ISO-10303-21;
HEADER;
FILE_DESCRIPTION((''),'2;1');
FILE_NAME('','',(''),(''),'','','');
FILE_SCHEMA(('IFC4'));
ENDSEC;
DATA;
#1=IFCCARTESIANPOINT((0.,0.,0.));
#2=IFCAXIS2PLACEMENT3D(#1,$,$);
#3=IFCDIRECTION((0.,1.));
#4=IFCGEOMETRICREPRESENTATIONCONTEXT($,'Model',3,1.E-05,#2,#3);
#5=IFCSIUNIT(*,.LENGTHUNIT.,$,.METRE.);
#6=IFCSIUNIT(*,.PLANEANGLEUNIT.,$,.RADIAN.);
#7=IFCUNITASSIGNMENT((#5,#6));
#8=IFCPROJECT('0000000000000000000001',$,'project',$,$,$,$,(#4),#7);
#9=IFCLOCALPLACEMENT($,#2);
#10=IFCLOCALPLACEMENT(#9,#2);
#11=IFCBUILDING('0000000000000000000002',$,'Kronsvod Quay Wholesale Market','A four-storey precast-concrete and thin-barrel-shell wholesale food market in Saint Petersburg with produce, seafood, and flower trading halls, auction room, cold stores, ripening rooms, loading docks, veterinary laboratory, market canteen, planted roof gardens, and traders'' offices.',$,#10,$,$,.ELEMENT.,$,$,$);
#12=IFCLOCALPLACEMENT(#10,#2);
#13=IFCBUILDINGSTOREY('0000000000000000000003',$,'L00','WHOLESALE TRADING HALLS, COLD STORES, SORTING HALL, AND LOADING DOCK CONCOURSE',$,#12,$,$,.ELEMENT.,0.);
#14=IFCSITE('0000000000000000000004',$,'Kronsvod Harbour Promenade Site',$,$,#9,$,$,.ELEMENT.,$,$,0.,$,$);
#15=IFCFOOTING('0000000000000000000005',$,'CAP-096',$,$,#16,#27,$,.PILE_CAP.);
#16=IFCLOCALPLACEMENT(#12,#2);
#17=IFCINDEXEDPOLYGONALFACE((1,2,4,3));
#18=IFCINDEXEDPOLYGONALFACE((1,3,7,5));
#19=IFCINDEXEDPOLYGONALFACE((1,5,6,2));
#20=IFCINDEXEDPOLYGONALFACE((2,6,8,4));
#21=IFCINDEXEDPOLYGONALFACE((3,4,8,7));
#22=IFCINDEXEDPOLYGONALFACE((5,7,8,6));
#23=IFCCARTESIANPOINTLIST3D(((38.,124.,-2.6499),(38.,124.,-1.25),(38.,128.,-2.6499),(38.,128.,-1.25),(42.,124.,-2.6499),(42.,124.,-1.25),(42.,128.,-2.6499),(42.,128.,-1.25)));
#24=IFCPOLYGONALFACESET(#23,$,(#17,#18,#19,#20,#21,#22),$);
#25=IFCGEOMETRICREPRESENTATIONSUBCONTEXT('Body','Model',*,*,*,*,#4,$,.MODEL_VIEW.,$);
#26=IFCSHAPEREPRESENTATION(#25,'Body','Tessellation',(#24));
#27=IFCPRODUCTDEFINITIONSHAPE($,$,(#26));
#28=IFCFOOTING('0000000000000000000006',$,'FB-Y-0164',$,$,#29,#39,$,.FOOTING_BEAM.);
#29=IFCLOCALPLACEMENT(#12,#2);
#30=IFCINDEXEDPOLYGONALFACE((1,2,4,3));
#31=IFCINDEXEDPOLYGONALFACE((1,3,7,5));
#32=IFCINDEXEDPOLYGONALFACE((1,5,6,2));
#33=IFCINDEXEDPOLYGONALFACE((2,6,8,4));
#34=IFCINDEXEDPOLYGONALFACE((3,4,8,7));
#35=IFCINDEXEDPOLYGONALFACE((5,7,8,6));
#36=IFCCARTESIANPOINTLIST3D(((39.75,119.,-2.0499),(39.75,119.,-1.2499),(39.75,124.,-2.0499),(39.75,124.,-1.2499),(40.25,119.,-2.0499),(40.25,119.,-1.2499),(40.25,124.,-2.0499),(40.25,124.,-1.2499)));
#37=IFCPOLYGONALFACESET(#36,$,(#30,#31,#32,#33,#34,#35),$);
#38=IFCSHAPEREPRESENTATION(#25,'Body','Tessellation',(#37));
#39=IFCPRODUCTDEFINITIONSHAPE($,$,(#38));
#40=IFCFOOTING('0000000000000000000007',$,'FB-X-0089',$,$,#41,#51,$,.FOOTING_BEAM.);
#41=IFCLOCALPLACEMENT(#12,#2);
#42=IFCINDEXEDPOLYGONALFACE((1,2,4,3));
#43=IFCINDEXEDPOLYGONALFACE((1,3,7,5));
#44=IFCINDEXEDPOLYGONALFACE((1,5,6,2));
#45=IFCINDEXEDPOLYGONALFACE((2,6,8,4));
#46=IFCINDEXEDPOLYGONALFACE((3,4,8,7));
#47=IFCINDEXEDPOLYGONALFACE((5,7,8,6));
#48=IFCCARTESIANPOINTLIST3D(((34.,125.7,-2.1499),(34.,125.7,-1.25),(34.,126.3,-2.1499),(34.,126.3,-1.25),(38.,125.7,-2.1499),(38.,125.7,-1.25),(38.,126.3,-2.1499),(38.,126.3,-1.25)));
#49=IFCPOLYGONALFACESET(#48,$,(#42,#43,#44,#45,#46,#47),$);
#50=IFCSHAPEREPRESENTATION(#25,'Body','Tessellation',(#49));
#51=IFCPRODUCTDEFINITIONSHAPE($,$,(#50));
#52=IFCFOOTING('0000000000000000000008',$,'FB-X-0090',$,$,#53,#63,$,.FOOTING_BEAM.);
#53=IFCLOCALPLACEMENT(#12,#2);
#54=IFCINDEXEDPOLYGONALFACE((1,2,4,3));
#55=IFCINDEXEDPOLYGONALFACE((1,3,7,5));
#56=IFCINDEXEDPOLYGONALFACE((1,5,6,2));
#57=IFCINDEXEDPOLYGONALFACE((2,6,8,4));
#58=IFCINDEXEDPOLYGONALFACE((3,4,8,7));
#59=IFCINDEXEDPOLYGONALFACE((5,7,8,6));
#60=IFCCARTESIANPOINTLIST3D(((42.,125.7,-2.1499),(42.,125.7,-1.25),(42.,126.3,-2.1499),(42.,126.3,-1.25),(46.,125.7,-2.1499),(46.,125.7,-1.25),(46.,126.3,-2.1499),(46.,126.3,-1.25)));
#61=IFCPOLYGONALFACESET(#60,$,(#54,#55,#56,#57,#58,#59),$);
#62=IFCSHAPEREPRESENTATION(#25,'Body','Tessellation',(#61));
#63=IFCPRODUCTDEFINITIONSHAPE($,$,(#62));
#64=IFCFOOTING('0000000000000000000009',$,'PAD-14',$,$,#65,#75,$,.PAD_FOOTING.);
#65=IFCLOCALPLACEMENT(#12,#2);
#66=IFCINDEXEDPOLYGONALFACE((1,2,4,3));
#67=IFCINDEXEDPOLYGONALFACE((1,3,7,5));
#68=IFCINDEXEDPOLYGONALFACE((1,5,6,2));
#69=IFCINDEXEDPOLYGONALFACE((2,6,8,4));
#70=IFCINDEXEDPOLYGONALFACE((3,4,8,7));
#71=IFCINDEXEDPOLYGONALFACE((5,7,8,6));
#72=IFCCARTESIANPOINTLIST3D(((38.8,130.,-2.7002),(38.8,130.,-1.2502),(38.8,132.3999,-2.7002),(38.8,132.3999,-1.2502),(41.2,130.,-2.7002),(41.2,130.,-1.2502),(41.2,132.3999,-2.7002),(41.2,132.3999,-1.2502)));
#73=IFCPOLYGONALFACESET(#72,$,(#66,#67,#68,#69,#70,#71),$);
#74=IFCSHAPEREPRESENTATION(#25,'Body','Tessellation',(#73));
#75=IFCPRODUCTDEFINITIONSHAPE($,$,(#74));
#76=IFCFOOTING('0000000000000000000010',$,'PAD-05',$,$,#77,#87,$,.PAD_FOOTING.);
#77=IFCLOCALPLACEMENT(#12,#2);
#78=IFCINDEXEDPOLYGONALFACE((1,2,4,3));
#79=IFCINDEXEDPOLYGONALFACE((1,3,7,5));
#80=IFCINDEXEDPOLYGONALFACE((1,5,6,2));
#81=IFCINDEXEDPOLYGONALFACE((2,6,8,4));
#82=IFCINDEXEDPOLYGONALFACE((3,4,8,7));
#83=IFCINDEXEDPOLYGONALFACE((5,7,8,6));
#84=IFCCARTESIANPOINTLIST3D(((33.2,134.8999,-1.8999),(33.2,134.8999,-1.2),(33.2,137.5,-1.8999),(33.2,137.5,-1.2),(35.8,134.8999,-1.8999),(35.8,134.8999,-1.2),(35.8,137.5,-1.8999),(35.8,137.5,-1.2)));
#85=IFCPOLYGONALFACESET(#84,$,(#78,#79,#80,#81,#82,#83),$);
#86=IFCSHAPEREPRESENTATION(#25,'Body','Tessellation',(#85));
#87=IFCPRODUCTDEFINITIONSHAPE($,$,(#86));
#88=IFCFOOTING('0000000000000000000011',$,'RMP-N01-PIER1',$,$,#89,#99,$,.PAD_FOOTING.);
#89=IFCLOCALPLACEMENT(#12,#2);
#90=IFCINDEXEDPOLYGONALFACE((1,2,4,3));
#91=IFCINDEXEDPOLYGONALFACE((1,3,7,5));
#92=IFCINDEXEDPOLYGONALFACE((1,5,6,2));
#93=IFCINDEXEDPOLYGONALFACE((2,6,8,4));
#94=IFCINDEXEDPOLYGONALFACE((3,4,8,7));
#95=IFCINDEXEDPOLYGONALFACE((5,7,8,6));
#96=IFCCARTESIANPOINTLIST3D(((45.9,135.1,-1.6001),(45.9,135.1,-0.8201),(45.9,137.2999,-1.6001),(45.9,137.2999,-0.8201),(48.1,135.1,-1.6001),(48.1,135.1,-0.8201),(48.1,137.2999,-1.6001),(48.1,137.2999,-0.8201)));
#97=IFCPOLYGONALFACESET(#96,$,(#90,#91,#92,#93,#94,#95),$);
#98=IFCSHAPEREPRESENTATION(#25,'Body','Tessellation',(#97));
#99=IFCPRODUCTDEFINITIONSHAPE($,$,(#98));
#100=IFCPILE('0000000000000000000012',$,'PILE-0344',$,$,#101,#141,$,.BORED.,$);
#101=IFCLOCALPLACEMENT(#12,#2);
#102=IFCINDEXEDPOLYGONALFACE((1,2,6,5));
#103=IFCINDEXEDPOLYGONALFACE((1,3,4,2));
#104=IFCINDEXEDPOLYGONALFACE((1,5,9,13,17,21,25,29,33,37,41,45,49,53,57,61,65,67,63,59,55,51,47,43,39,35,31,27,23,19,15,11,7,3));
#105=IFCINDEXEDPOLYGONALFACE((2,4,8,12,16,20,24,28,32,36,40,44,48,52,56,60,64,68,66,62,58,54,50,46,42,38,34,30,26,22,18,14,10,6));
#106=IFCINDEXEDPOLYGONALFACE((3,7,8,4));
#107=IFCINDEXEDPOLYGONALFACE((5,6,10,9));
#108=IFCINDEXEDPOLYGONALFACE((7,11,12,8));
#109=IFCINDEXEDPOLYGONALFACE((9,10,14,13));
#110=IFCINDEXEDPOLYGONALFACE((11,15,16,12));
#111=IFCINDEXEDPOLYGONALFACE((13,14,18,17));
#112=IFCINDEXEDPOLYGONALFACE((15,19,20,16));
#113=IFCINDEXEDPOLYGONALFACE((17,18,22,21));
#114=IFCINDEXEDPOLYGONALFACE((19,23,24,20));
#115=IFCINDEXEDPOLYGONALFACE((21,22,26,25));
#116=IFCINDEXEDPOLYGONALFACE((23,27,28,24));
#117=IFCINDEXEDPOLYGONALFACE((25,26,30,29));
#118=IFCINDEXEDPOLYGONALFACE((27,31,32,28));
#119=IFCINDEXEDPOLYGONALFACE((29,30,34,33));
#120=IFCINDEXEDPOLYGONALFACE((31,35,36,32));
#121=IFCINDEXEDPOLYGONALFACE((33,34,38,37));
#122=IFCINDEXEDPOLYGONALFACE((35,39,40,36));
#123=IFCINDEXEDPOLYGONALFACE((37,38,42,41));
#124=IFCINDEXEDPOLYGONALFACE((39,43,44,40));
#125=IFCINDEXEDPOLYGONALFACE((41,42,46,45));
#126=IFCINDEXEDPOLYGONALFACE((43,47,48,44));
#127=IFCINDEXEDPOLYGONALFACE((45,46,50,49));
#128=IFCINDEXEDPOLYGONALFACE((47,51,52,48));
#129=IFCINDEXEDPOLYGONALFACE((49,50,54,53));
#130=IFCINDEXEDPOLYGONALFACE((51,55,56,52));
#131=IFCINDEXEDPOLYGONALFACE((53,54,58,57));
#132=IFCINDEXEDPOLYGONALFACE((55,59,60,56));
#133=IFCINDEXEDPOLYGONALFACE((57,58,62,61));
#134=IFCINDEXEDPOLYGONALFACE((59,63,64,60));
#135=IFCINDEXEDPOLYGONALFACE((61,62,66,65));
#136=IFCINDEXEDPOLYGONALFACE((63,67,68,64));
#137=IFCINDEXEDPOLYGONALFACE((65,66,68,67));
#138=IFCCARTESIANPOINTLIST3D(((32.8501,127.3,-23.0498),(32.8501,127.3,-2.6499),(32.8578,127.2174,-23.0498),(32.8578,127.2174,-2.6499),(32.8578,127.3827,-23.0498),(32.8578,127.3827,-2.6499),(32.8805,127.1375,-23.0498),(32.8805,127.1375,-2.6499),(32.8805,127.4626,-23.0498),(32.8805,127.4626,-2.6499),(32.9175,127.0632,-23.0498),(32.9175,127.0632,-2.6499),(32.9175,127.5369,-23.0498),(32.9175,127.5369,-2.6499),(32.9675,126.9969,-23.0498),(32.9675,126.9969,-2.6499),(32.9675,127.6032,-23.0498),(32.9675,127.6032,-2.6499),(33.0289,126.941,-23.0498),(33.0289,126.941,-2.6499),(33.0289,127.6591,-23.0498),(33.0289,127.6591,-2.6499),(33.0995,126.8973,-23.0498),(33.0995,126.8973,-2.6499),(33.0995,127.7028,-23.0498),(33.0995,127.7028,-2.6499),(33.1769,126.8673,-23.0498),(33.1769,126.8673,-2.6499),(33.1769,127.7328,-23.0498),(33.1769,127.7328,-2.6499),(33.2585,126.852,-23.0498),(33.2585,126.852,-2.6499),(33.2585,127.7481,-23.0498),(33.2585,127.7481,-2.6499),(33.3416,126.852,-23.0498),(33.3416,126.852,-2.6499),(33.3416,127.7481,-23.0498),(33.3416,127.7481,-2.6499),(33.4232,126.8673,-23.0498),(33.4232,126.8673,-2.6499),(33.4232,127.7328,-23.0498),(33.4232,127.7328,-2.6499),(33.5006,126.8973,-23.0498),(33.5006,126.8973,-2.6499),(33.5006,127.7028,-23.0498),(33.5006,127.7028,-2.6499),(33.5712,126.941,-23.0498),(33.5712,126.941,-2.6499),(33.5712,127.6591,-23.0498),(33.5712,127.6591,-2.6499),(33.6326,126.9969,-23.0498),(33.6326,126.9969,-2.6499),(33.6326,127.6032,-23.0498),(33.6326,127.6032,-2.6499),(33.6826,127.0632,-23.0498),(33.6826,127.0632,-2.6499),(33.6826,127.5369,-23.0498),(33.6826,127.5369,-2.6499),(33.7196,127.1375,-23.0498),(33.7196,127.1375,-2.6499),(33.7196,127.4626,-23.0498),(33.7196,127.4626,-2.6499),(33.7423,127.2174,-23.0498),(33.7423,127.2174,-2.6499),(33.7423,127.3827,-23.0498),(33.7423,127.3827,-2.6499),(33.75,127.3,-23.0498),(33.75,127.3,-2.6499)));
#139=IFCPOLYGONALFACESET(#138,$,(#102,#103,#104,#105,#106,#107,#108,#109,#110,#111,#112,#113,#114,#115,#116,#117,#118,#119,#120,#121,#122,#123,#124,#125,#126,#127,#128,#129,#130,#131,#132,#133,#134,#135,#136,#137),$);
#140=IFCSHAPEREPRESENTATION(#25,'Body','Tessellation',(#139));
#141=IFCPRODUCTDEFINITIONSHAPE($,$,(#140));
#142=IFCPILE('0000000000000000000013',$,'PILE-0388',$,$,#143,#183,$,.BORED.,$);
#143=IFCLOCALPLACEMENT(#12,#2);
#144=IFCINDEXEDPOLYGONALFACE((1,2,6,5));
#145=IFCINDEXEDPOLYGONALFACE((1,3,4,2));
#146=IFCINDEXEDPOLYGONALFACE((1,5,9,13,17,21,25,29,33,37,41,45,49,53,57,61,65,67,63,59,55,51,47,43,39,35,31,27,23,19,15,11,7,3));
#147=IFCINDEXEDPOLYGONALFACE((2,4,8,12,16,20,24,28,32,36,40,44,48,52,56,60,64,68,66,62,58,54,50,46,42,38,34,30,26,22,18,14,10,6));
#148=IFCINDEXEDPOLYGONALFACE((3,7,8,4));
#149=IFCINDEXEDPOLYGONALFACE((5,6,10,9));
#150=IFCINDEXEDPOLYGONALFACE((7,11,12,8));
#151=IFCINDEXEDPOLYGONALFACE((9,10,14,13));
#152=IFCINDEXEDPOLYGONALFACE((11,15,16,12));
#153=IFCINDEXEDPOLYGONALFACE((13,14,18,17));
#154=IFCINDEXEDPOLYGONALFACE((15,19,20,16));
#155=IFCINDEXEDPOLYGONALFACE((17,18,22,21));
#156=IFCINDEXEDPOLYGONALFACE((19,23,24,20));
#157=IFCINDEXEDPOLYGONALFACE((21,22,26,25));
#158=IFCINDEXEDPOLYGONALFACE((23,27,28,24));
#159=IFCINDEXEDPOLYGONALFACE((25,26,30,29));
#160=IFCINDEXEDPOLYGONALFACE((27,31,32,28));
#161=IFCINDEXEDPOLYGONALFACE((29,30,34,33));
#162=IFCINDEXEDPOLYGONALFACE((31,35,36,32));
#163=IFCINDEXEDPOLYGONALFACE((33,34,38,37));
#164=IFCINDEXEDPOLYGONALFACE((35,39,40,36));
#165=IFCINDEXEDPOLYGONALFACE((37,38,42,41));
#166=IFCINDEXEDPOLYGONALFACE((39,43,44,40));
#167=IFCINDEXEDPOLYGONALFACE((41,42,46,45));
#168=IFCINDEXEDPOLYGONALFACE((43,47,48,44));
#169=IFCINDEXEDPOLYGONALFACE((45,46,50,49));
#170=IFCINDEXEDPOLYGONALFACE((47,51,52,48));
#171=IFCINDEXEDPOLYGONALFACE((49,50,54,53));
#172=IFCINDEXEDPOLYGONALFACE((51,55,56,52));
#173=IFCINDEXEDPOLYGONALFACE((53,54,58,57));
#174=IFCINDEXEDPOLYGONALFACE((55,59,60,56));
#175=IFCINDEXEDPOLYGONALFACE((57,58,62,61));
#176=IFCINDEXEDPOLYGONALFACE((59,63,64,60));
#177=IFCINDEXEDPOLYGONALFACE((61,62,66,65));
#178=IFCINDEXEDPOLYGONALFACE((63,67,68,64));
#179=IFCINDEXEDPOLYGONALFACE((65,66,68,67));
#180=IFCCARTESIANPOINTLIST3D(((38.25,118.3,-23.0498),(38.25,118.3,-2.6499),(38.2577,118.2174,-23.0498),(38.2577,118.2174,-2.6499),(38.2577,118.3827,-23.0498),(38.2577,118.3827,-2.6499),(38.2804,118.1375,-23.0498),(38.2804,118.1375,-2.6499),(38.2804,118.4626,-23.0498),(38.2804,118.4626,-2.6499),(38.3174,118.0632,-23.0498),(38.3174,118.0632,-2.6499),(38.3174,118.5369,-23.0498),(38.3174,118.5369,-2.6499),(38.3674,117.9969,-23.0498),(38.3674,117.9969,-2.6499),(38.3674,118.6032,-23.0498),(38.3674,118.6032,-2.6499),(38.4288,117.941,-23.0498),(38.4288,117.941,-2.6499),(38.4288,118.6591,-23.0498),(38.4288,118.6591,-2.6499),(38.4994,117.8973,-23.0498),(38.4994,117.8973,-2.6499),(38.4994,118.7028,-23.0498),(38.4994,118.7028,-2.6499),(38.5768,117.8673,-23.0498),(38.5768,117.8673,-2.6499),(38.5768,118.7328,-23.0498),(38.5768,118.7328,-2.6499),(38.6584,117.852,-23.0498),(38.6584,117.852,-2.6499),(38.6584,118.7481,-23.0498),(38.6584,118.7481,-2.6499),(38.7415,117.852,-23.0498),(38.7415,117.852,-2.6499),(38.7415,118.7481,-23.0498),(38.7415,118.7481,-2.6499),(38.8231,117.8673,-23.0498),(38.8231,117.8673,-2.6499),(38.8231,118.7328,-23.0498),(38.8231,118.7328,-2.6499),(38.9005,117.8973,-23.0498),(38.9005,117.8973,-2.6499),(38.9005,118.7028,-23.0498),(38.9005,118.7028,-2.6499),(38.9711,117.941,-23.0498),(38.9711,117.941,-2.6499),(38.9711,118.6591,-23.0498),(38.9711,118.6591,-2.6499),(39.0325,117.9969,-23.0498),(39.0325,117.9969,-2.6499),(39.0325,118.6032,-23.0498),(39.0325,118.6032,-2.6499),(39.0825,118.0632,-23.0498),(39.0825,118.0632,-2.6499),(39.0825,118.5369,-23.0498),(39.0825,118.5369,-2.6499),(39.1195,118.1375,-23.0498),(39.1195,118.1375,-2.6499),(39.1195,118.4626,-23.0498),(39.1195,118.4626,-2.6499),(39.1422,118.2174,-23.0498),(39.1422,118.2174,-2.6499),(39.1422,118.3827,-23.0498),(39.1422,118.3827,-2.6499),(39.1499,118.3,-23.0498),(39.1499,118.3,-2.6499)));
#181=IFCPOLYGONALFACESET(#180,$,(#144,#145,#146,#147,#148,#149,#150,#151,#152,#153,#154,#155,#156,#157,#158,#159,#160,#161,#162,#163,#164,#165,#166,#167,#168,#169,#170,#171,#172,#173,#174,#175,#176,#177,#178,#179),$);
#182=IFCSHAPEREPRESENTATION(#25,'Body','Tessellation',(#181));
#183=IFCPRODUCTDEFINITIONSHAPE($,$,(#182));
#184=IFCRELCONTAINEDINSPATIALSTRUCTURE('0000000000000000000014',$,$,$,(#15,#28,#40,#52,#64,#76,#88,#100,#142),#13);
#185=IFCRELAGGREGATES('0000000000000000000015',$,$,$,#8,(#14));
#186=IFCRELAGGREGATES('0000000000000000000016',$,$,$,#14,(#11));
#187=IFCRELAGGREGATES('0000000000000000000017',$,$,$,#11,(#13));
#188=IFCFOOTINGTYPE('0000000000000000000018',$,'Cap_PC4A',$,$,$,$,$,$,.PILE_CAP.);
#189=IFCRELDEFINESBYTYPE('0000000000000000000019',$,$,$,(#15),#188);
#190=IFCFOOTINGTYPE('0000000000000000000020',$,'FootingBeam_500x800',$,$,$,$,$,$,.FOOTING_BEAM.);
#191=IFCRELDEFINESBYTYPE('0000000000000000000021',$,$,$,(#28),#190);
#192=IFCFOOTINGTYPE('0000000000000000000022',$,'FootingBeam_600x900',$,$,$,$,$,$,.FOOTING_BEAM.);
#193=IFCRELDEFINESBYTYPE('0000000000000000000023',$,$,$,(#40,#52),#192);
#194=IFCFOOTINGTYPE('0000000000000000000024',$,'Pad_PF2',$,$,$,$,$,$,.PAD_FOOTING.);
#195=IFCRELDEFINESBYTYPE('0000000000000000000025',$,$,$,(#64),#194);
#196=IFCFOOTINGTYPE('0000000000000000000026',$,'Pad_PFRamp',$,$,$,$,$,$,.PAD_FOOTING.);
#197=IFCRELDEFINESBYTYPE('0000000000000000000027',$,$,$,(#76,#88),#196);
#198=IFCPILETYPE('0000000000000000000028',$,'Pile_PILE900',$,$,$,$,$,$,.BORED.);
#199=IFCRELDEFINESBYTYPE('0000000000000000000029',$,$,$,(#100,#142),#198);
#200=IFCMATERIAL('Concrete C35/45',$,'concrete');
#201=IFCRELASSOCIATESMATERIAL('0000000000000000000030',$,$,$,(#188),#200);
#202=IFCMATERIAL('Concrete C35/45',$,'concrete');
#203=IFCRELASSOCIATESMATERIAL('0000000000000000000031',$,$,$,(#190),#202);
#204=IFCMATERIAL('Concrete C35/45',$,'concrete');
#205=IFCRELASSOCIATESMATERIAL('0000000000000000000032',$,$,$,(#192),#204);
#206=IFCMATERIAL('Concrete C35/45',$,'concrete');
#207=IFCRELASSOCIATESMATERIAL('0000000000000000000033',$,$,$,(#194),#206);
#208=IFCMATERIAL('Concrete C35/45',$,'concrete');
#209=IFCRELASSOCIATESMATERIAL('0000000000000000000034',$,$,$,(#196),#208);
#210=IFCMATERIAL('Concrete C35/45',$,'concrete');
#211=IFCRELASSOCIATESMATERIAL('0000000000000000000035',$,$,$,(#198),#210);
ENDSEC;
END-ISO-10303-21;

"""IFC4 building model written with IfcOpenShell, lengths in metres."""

from ifc_helpers import new_model, si_unit, direction, frame, origin, origin_2d, place, context, subcontext, project, spatial, rectangle, circle, extrude, material, material_profile, profile_set, type_object, element, save


model = new_model("IFC4")

# Units and contexts
model_context = context("Model", 3, precision=1e-05, world=origin(), true_north=direction((0.0, 1.0)))
body_context = subcontext(model_context, "Body", "Model", "MODEL_VIEW")
ifc_project = project(units=[si_unit("LENGTHUNIT", "METRE"), si_unit("PLANEANGLEUNIT", "RADIAN")], contexts=[model_context])

# Site, building, storey
site_placement = place(None, origin())
site = spatial("IfcSite", under=ifc_project, at=site_placement, Name="Kronsvod Harbour Promenade Site", CompositionType="ELEMENT", RefElevation=0.0)
building_placement = place(site_placement, origin())
building = spatial("IfcBuilding", under=site, at=building_placement, Name="Kronsvod Quay Wholesale Market", Description="A four-storey precast-concrete and thin-barrel-shell wholesale food market in Saint Petersburg with produce, seafood, and flower trading halls, auction room, cold stores, ripening rooms, loading docks, veterinary laboratory, market canteen, planted roof gardens, and traders' offices.", CompositionType="ELEMENT")
storey_placement = place(building_placement, origin())
storey = spatial("IfcBuildingStorey", under=building, at=storey_placement, Name="L00", Description="WHOLESALE TRADING HALLS, COLD STORES, SORTING HALL, AND LOADING DOCK CONCOURSE", CompositionType="ELEMENT", Elevation=0.0)

# Footings
ifc_material_1 = material(Name="Concrete C35/45", Category="concrete")
footing_type_1 = type_object("IfcFootingType", Name="Cap_PC4A", PredefinedType="PILE_CAP", material=ifc_material_1)
footing_1_placement = place(storey_placement, frame((40.0, 126.0, -2.6499), z_axis=(0.0, 0.0, 1.0), x_axis=(1.0, 0.0, 0.0)))
element("IfcFooting", 1, at=footing_1_placement, inside=storey, type_object=footing_type_1, Name="CAP-096", PredefinedType="PILE_CAP", context=body_context, shape_type="SweptSolid", body=[
    extrude(rectangle(XDim=4.0, YDim=4.0, at=origin_2d()), origin(), (0.0, 0.0, 1.0), 1.3999),
])
ifc_material_2 = material(Name="Concrete C35/45", Category="concrete")
ifc_material_profile_1 = material_profile(ifc_material_2, rectangle(XDim=0.5, YDim=0.8, at=origin_2d()), Name="FB-01")
ifc_profile_set_1 = profile_set([ifc_material_profile_1], Name="Concrete C35/45")
footing_type_2 = type_object("IfcFootingType", Name="FootingBeam_500x800", PredefinedType="FOOTING_BEAM", material=ifc_profile_set_1)
footing_2_placement = place(storey_placement, frame((40.0, 119.0, -1.6499), z_axis=(0.0, 1.0, 0.0), x_axis=(-1.0, 0.0, 0.0)))
element("IfcFooting", 2, at=footing_2_placement, inside=storey, type_object=footing_type_2, Name="FB-Y-0164", PredefinedType="FOOTING_BEAM", context=body_context, shape_type="SweptSolid", body=[
    extrude(rectangle(XDim=0.5, YDim=0.8, at=origin_2d()), origin(), (0.0, 0.0, 1.0), 5.0),
])
ifc_material_3 = material(Name="Concrete C35/45", Category="concrete")
ifc_material_profile_2 = material_profile(ifc_material_3, rectangle(XDim=0.6001, YDim=0.8999, at=origin_2d()), Name="FB-02")
ifc_profile_set_2 = profile_set([ifc_material_profile_2], Name="Concrete C35/45")
footing_type_3 = type_object("IfcFootingType", Name="FootingBeam_600x900", PredefinedType="FOOTING_BEAM", material=ifc_profile_set_2)
for number, where, z_axis, x_axis, name in (
    (3, (34.0, 126.0, -1.7), (1.0, 0.0, 0.0), (0.0, 1.0, 0.0), "FB-X-0089"),
    (4, (42.0, 126.0, -1.7), (1.0, 0.0, 0.0), (0.0, 1.0, 0.0), "FB-X-0090"),
):
    element("IfcFooting", number, at=place(storey_placement, frame(where, z_axis=z_axis, x_axis=x_axis)), inside=storey, type_object=footing_type_3, Name=name, PredefinedType="FOOTING_BEAM", context=body_context, shape_type="SweptSolid", body=[
        extrude(rectangle(XDim=0.6001, YDim=0.8999, at=origin_2d()), origin(), (0.0, 0.0, 1.0), 4.0),
    ])
ifc_material_4 = material(Name="Concrete C35/45", Category="concrete")
footing_type_4 = type_object("IfcFootingType", Name="Pad_PF2", PredefinedType="PAD_FOOTING", material=ifc_material_4)
footing_3_placement = place(storey_placement, frame((40.0, 131.2, -2.7002), z_axis=(0.0, 0.0, 1.0), x_axis=(1.0, 0.0, 0.0)))
element("IfcFooting", 5, at=footing_3_placement, inside=storey, type_object=footing_type_4, Name="PAD-14", PredefinedType="PAD_FOOTING", context=body_context, shape_type="SweptSolid", body=[
    extrude(rectangle(XDim=2.3999, YDim=2.3999, at=origin_2d()), origin(), (0.0, 0.0, 1.0), 1.45),
])
ifc_material_5 = material(Name="Concrete C35/45", Category="concrete")
footing_type_5 = type_object("IfcFootingType", Name="Pad_PFRamp", PredefinedType="PAD_FOOTING", material=ifc_material_5)
footing_4_placement = place(storey_placement, frame((34.5, 136.2, -1.8999), z_axis=(0.0, 0.0, 1.0), x_axis=(1.0, 0.0, 0.0)))
element("IfcFooting", 6, at=footing_4_placement, inside=storey, type_object=footing_type_5, Name="PAD-05", PredefinedType="PAD_FOOTING", context=body_context, shape_type="SweptSolid", body=[
    extrude(rectangle(XDim=2.6001, YDim=2.6001, at=origin_2d()), origin(), (0.0, 0.0, 1.0), 0.7),
])
footing_5_placement = place(storey_placement, frame((47.0, 136.2, -1.6001), z_axis=(0.0, 0.0, 1.0), x_axis=(1.0, 0.0, 0.0)))
element("IfcFooting", 7, at=footing_5_placement, inside=storey, type_object=footing_type_5, Name="RMP-N01-PIER1", PredefinedType="PAD_FOOTING", context=body_context, shape_type="SweptSolid", body=[
    extrude(rectangle(XDim=2.2, YDim=2.2, at=origin_2d()), origin(), (0.0, 0.0, 1.0), 0.78),
])

# Piles
ifc_material_6 = material(Name="Concrete C35/45", Category="concrete")
ifc_material_profile_3 = material_profile(ifc_material_6, circle(Radius=0.45, at=origin_2d()), Name="PILE900")
ifc_profile_set_3 = profile_set([ifc_material_profile_3], Name="Concrete C35/45")
pile_type = type_object("IfcPileType", Name="Pile_PILE900", PredefinedType="BORED", material=ifc_profile_set_3)
for number, where, z_axis, x_axis, name in (
    (8, (33.3, 127.3, -2.6499), (0.0, 0.0, -1.0), (1.0, 0.0, 0.0), "PILE-0344"),
    (9, (38.7, 118.3, -2.6499), (0.0, 0.0, -1.0), (1.0, 0.0, 0.0), "PILE-0388"),
):
    element("IfcPile", number, at=place(storey_placement, frame(where, z_axis=z_axis, x_axis=x_axis)), inside=storey, type_object=pile_type, Name=name, PredefinedType="BORED", context=body_context, shape_type="SweptSolid", body=[
        extrude(circle(Radius=0.45, at=origin_2d()), origin(), (0.0, 0.0, 1.0), 20.3999),
    ])

save(model, "model.ifc")
